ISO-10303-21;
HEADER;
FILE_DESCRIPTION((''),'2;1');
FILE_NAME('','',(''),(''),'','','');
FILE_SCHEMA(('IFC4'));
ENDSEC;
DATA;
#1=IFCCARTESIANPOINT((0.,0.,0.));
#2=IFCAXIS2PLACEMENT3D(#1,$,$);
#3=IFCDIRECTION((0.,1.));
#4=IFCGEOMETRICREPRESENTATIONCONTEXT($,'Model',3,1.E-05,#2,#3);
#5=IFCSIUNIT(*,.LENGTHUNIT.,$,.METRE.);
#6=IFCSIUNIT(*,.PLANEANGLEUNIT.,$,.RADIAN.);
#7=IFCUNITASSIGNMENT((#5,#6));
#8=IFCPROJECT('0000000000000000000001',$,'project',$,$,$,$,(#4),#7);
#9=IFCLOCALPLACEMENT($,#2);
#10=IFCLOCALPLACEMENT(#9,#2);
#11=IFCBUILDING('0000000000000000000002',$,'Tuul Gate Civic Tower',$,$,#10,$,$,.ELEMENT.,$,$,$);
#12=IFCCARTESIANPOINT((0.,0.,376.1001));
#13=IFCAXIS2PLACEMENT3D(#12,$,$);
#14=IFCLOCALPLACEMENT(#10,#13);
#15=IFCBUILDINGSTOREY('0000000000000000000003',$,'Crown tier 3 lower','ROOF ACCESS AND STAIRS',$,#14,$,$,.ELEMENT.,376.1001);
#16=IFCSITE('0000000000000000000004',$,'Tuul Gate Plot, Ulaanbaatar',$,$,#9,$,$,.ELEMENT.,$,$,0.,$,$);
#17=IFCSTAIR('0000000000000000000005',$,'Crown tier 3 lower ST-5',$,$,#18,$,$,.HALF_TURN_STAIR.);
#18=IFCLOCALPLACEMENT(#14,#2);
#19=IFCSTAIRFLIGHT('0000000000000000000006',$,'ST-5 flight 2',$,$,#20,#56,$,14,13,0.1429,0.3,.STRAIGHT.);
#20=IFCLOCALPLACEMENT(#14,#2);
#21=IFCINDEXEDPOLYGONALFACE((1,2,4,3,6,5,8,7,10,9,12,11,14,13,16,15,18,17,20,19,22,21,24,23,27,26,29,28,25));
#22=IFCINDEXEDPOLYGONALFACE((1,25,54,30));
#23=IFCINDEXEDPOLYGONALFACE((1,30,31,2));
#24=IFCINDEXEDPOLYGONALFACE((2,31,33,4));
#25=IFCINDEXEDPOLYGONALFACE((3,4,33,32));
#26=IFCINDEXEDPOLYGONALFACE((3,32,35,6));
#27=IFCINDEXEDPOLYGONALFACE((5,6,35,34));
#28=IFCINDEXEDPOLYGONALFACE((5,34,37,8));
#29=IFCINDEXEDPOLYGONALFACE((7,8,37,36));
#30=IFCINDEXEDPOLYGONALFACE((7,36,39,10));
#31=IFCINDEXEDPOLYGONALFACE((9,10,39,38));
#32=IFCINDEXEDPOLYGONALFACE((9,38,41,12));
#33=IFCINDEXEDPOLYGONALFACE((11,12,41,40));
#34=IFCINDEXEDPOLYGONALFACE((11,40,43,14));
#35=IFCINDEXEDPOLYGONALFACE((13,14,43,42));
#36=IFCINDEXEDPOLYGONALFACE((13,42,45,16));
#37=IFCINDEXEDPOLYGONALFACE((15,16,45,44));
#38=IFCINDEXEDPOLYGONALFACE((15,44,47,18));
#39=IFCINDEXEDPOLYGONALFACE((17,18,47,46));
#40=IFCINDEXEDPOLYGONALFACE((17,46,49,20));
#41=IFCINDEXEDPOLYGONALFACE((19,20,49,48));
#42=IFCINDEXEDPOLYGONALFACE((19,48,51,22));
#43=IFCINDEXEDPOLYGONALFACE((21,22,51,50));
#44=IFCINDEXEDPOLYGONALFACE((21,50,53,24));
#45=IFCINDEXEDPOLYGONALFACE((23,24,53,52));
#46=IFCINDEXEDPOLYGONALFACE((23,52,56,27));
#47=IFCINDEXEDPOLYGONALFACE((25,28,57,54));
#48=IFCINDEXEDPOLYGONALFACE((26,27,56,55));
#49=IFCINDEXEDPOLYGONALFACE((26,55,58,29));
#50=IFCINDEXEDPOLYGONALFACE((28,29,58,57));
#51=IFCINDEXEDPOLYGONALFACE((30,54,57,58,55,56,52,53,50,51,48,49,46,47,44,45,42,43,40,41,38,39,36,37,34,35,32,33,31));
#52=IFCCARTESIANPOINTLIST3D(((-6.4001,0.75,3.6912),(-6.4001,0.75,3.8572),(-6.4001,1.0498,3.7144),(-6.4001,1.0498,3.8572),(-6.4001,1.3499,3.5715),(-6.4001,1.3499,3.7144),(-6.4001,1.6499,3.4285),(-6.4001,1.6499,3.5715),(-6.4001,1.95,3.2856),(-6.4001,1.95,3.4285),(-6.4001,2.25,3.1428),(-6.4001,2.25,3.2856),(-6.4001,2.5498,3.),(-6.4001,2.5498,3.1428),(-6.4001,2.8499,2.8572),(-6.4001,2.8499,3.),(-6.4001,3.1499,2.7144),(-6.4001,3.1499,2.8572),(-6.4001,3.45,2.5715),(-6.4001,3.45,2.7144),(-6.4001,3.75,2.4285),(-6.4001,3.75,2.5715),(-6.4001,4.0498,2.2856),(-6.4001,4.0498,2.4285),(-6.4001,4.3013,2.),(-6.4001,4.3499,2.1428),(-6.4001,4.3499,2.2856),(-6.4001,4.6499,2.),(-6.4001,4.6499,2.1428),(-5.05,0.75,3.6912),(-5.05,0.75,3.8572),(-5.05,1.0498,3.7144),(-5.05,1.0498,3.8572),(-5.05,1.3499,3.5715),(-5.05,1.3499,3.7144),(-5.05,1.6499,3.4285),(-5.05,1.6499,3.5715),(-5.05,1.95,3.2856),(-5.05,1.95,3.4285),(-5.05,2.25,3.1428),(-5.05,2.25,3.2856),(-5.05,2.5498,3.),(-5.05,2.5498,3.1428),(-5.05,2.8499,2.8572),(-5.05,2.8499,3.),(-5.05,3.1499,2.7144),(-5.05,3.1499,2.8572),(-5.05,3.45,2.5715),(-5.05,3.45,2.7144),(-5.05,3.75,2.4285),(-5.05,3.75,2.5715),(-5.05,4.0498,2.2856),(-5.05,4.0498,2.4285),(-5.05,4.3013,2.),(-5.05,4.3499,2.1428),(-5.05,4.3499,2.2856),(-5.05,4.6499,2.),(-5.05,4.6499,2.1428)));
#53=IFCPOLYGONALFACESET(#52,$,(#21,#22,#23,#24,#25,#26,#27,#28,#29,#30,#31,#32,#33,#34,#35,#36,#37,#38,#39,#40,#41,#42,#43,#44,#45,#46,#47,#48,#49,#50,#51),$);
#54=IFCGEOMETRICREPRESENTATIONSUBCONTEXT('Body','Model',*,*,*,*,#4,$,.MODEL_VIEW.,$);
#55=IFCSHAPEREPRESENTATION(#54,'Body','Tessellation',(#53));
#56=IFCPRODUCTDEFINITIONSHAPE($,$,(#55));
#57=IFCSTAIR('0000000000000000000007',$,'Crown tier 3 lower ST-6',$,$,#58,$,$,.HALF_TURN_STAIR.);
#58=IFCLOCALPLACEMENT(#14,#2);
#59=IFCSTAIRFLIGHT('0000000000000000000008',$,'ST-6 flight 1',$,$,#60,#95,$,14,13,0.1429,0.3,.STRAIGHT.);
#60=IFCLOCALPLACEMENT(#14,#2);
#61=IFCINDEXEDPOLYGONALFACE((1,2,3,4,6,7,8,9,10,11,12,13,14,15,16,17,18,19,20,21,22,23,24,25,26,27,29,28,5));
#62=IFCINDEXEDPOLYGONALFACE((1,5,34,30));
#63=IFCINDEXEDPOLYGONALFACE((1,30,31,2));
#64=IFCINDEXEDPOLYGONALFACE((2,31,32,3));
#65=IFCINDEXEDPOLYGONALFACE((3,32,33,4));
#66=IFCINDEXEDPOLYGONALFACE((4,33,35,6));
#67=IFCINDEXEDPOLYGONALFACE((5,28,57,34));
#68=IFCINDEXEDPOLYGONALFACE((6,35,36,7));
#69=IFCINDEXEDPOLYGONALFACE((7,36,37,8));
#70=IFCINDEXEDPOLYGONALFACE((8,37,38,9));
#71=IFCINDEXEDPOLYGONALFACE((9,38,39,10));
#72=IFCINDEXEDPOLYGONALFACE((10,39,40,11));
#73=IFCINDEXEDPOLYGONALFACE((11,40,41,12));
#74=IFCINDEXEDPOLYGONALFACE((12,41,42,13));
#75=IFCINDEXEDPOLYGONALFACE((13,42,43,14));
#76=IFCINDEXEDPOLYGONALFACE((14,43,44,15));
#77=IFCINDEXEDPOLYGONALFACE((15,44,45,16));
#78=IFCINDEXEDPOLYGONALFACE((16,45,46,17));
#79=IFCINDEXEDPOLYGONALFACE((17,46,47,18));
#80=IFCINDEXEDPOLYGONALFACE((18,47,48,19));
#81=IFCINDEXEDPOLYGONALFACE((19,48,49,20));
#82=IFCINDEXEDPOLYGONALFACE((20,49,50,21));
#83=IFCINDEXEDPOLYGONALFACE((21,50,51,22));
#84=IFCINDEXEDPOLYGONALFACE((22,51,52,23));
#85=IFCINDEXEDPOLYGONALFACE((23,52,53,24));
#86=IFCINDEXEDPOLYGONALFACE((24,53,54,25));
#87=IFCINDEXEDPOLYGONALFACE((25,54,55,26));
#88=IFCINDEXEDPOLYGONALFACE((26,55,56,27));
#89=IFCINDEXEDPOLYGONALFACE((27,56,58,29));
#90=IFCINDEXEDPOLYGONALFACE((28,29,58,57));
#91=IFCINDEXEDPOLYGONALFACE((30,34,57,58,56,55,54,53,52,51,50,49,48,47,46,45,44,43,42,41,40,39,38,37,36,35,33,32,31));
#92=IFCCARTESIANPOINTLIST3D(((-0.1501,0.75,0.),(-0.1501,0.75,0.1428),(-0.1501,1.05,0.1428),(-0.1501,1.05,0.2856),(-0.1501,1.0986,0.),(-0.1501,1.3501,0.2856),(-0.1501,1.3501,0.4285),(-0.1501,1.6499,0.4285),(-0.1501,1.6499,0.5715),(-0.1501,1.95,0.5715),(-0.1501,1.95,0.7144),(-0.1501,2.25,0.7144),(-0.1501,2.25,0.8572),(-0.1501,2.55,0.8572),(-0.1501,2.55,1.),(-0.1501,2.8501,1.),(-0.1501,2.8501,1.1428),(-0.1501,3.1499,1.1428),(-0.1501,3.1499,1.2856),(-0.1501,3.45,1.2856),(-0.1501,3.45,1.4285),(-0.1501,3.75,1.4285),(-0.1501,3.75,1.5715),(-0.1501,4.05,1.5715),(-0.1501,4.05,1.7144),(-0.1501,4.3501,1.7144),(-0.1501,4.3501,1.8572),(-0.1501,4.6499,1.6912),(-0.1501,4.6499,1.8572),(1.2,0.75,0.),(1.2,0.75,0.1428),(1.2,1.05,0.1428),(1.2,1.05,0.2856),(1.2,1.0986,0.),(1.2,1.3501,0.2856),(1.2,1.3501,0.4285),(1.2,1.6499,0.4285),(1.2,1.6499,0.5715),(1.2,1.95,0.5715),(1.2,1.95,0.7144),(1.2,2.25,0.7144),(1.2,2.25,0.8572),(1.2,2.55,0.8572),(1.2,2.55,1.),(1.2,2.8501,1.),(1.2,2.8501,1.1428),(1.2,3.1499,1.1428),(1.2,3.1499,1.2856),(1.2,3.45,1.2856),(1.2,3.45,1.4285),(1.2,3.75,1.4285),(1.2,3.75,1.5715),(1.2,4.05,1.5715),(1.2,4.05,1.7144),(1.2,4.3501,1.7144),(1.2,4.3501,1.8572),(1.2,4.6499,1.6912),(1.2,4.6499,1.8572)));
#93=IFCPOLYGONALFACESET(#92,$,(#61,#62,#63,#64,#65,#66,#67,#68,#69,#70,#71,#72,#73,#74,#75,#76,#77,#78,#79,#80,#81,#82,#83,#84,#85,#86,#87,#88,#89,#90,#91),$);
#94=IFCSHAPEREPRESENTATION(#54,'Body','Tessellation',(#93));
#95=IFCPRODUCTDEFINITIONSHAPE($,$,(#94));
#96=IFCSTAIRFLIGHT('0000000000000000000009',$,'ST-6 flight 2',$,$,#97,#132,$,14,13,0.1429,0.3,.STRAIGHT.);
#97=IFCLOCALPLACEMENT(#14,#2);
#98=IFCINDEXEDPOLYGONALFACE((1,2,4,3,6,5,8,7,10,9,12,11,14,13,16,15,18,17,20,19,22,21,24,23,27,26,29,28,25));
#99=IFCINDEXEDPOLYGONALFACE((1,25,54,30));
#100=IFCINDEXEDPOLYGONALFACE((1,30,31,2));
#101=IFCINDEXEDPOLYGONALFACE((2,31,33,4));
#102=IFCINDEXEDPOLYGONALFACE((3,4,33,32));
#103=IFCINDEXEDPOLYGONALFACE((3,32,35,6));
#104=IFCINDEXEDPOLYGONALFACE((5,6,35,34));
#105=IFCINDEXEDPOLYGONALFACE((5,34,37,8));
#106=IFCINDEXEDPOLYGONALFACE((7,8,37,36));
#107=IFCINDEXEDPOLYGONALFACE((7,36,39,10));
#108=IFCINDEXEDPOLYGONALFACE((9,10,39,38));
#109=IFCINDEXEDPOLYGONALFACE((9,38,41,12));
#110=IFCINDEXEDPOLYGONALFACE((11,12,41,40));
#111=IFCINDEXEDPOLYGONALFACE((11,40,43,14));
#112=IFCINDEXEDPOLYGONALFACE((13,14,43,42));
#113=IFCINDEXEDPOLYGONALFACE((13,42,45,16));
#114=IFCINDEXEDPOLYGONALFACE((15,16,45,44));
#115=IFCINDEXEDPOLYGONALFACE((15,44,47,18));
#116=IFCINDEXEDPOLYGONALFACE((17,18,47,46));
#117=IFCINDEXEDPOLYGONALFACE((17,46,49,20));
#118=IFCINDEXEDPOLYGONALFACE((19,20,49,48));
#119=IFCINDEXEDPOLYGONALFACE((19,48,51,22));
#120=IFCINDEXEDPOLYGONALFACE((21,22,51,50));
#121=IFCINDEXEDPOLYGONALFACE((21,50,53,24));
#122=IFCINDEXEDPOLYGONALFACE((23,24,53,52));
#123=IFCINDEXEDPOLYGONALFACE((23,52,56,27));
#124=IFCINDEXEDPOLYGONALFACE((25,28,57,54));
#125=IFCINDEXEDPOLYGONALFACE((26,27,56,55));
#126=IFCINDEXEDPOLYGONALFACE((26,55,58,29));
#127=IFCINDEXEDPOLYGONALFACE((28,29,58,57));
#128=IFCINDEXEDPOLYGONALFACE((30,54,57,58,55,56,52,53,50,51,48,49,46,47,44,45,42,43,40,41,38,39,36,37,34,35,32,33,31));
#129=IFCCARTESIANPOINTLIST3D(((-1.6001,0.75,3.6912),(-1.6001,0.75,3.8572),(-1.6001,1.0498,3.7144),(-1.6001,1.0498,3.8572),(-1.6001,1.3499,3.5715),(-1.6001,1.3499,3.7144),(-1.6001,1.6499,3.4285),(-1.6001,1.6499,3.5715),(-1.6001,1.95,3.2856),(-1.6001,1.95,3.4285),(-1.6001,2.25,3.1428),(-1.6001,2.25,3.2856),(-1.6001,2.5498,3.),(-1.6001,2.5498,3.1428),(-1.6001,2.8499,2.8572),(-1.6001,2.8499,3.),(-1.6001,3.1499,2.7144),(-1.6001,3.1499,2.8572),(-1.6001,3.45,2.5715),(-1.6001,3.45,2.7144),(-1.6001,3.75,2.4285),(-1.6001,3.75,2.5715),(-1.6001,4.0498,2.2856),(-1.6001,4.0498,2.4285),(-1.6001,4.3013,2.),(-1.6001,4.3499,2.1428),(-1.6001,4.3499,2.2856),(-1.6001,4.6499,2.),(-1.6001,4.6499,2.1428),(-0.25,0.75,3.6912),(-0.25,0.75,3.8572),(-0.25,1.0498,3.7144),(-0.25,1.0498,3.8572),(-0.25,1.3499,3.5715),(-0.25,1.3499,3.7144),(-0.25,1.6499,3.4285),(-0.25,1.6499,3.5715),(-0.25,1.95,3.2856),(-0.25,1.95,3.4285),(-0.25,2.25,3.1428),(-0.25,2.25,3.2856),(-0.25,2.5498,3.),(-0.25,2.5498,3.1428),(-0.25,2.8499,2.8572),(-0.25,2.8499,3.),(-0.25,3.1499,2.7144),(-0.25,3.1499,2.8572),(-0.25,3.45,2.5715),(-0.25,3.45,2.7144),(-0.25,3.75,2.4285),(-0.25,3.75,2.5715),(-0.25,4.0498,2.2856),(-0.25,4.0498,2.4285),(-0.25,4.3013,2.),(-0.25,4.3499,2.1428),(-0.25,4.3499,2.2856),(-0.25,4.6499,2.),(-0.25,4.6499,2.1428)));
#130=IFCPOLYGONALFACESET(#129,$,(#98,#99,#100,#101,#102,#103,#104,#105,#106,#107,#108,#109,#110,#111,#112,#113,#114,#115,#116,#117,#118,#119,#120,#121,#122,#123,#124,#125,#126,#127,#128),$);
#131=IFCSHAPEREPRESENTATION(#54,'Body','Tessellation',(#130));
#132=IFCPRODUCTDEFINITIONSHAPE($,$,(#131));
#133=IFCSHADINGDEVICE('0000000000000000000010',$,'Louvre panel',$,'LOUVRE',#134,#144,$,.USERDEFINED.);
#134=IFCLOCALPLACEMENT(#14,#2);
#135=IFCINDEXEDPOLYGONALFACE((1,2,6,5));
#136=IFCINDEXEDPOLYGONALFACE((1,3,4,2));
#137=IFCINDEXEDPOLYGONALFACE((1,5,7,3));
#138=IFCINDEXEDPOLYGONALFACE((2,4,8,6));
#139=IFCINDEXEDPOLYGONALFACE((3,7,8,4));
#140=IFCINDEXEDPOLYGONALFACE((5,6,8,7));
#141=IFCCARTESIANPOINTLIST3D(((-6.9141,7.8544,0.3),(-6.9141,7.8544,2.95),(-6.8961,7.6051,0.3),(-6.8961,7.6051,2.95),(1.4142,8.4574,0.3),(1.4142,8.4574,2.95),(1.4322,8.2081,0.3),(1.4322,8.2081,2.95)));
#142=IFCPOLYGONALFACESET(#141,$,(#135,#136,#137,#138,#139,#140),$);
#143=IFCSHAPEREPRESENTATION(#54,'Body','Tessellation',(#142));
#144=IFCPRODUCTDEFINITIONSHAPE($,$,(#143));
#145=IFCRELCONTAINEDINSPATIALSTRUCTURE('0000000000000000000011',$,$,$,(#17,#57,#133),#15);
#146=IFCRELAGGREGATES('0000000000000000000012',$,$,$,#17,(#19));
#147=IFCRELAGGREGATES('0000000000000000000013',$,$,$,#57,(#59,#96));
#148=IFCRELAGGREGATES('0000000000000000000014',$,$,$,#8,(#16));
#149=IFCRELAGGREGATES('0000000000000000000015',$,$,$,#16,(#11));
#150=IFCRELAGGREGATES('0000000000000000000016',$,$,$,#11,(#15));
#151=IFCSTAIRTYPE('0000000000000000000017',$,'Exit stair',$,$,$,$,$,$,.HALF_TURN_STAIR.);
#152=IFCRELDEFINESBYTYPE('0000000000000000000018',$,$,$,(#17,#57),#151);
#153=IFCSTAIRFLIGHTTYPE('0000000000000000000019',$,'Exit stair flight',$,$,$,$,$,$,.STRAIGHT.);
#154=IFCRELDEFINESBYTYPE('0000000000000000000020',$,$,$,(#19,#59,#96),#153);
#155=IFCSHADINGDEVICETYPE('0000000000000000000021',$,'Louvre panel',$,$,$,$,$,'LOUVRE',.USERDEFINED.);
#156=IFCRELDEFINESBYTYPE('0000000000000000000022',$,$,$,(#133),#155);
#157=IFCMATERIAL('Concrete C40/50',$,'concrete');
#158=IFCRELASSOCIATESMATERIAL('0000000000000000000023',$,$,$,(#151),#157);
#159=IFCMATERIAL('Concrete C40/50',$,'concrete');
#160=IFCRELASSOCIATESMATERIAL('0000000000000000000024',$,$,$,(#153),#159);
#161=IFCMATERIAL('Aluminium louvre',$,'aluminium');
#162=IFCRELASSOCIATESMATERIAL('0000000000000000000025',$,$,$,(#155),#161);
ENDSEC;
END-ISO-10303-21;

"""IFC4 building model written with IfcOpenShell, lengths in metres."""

from ifc_helpers import new_model, si_unit, direction, frame, origin, origin_2d, place, context, subcontext, project, spatial, polyline, rectangle, outline, extrude, material, type_object, element, aggregate, save


model = new_model("IFC4")

# Units and contexts
model_context = context("Model", 3, precision=1e-05, world=origin(), true_north=direction((0.0, 1.0)))
body_context = subcontext(model_context, "Body", "Model", "MODEL_VIEW")
ifc_project = project(units=[si_unit("LENGTHUNIT", "METRE"), si_unit("PLANEANGLEUNIT", "RADIAN")], contexts=[model_context])

# Site, building, storey
site_placement = place(None, origin())
site = spatial("IfcSite", under=ifc_project, at=site_placement, Name="Tuul Gate Plot, Ulaanbaatar", CompositionType="ELEMENT", RefElevation=0.0)
building_placement = place(site_placement, origin())
building = spatial("IfcBuilding", under=site, at=building_placement, Name="Tuul Gate Civic Tower", CompositionType="ELEMENT")
storey_placement = place(building_placement, frame((0.0, 0.0, 376.1001)))
storey = spatial("IfcBuildingStorey", under=building, at=storey_placement, Name="Crown tier 3 lower", Description="ROOF ACCESS AND STAIRS", CompositionType="ELEMENT", Elevation=376.1001)

# Stairs, stair flights
ifc_material_1 = material(Name="Concrete C40/50", Category="concrete")
stair_type = type_object("IfcStairType", Name="Exit stair", PredefinedType="HALF_TURN_STAIR", material=ifc_material_1)
stair_1_placement = place(storey_placement, origin())
stair_1 = element("IfcStair", 1, at=stair_1_placement, inside=storey, type_object=stair_type, Name="Crown tier 3 lower ST-5", PredefinedType="HALF_TURN_STAIR")
ifc_material_2 = material(Name="Concrete C40/50", Category="concrete")
stair_flight_type = type_object("IfcStairFlightType", Name="Exit stair flight", PredefinedType="STRAIGHT", material=ifc_material_2)
stair_flight_1_placement = place(storey_placement, frame((-5.7251, 4.6499, 2.0), z_axis=(0.0, 0.0, 1.0), x_axis=(0.0, -1.0, 0.0)))
stair_flight_1 = element("IfcStairFlight", 2, at=stair_flight_1_placement, type_object=stair_flight_type, Name="ST-5 flight 2", NumberOfRisers=14, NumberOfTreads=13, PredefinedType="STRAIGHT", RiserHeight=0.1429, TreadLength=0.3, context=body_context, shape_type="SweptSolid", body=[
    extrude(outline(polyline([(0.0, 0.0), (0.0, 0.1428), (0.3, 0.1428), (0.3, 0.2856), (0.6001, 0.2856), (0.6001, 0.4285), (0.8999, 0.4285), (0.8999, 0.5715), (1.2, 0.5715), (1.2, 0.7144), (1.5, 0.7144), (1.5, 0.8572), (1.8, 0.8572), (1.8, 1.0), (2.1001, 1.0), (2.1001, 1.1428), (2.3999, 1.1428), (2.3999, 1.2856), (2.7, 1.2856), (2.7, 1.4285), (3.0, 1.4285), (3.0, 1.5715), (3.3, 1.5715), (3.3, 1.7144), (3.6001, 1.7144), (3.6001, 1.8572), (3.8999, 1.8572), (3.8999, 2.0), (3.8999, 1.6912), (0.3486, 0.0), (0.0, 0.0)])), frame((0.0, 0.675, 0.0), z_axis=(0.0, -1.0, 0.0), x_axis=(1.0, 0.0, 0.0)), (0.0, 0.0, 1.0), 1.3501),
])
aggregate(stair_1, [stair_flight_1])
stair_2_placement = place(storey_placement, origin())
stair_2 = element("IfcStair", 3, at=stair_2_placement, inside=storey, type_object=stair_type, Name="Crown tier 3 lower ST-6", PredefinedType="HALF_TURN_STAIR")
stair_flight_2_placement = place(storey_placement, frame((0.5249, 0.75, 0.0), z_axis=(0.0, 0.0, 1.0), x_axis=(0.0, 1.0, 0.0)))
stair_flight_2 = element("IfcStairFlight", 4, at=stair_flight_2_placement, type_object=stair_flight_type, Name="ST-6 flight 1", NumberOfRisers=14, NumberOfTreads=13, PredefinedType="STRAIGHT", RiserHeight=0.1429, TreadLength=0.3, context=body_context, shape_type="SweptSolid", body=[
    extrude(outline(polyline([(0.0, 0.0), (0.0, 0.1428), (0.3, 0.1428), (0.3, 0.2856), (0.6001, 0.2856), (0.6001, 0.4285), (0.8999, 0.4285), (0.8999, 0.5715), (1.2, 0.5715), (1.2, 0.7144), (1.5, 0.7144), (1.5, 0.8572), (1.8, 0.8572), (1.8, 1.0), (2.1001, 1.0), (2.1001, 1.1428), (2.3999, 1.1428), (2.3999, 1.2856), (2.7, 1.2856), (2.7, 1.4285), (3.0, 1.4285), (3.0, 1.5715), (3.3, 1.5715), (3.3, 1.7144), (3.6001, 1.7144), (3.6001, 1.8572), (3.8999, 1.8572), (3.8999, 2.0), (3.8999, 1.6912), (0.3486, 0.0), (0.0, 0.0)])), frame((0.0, 0.675, 0.0), z_axis=(0.0, -1.0, 0.0), x_axis=(1.0, 0.0, 0.0)), (0.0, 0.0, 1.0), 1.3501),
])
stair_flight_3_placement = place(storey_placement, frame((-0.925, 4.6499, 2.0), z_axis=(0.0, 0.0, 1.0), x_axis=(0.0, -1.0, 0.0)))
stair_flight_3 = element("IfcStairFlight", 5, at=stair_flight_3_placement, type_object=stair_flight_type, Name="ST-6 flight 2", NumberOfRisers=14, NumberOfTreads=13, PredefinedType="STRAIGHT", RiserHeight=0.1429, TreadLength=0.3, context=body_context, shape_type="SweptSolid", body=[
    extrude(outline(polyline([(0.0, 0.0), (0.0, 0.1428), (0.3, 0.1428), (0.3, 0.2856), (0.6001, 0.2856), (0.6001, 0.4285), (0.8999, 0.4285), (0.8999, 0.5715), (1.2, 0.5715), (1.2, 0.7144), (1.5, 0.7144), (1.5, 0.8572), (1.8, 0.8572), (1.8, 1.0), (2.1001, 1.0), (2.1001, 1.1428), (2.3999, 1.1428), (2.3999, 1.2856), (2.7, 1.2856), (2.7, 1.4285), (3.0, 1.4285), (3.0, 1.5715), (3.3, 1.5715), (3.3, 1.7144), (3.6001, 1.7144), (3.6001, 1.8572), (3.8999, 1.8572), (3.8999, 2.0), (3.8999, 1.6912), (0.3486, 0.0), (0.0, 0.0)])), frame((0.0, 0.675, 0.0), z_axis=(0.0, -1.0, 0.0), x_axis=(1.0, 0.0, 0.0)), (0.0, 0.0, 1.0), 1.3501),
])
aggregate(stair_2, [stair_flight_2, stair_flight_3])

# Shading device
ifc_material_3 = material(Name="Aluminium louvre", Category="aluminium")
shading_device_type = type_object("IfcShadingDeviceType", Name="Louvre panel", ElementType="LOUVRE", PredefinedType="USERDEFINED", material=ifc_material_3)
shading_device_placement = place(storey_placement, frame((-2.741, 8.0312, 0.3), z_axis=(0.0, 0.0, 1.0), x_axis=(-0.072211, 0.997389, 0.0)))
element("IfcShadingDevice", 6, at=shading_device_placement, inside=storey, type_object=shading_device_type, Name="Louvre panel", ObjectType="LOUVRE", PredefinedType="USERDEFINED", context=body_context, shape_type="SweptSolid", body=[
    extrude(rectangle(XDim=0.25, YDim=8.3501, at=origin_2d()), origin(), (0.0, 0.0, 1.0), 2.6499),
])

save(model, "model.ifc")
